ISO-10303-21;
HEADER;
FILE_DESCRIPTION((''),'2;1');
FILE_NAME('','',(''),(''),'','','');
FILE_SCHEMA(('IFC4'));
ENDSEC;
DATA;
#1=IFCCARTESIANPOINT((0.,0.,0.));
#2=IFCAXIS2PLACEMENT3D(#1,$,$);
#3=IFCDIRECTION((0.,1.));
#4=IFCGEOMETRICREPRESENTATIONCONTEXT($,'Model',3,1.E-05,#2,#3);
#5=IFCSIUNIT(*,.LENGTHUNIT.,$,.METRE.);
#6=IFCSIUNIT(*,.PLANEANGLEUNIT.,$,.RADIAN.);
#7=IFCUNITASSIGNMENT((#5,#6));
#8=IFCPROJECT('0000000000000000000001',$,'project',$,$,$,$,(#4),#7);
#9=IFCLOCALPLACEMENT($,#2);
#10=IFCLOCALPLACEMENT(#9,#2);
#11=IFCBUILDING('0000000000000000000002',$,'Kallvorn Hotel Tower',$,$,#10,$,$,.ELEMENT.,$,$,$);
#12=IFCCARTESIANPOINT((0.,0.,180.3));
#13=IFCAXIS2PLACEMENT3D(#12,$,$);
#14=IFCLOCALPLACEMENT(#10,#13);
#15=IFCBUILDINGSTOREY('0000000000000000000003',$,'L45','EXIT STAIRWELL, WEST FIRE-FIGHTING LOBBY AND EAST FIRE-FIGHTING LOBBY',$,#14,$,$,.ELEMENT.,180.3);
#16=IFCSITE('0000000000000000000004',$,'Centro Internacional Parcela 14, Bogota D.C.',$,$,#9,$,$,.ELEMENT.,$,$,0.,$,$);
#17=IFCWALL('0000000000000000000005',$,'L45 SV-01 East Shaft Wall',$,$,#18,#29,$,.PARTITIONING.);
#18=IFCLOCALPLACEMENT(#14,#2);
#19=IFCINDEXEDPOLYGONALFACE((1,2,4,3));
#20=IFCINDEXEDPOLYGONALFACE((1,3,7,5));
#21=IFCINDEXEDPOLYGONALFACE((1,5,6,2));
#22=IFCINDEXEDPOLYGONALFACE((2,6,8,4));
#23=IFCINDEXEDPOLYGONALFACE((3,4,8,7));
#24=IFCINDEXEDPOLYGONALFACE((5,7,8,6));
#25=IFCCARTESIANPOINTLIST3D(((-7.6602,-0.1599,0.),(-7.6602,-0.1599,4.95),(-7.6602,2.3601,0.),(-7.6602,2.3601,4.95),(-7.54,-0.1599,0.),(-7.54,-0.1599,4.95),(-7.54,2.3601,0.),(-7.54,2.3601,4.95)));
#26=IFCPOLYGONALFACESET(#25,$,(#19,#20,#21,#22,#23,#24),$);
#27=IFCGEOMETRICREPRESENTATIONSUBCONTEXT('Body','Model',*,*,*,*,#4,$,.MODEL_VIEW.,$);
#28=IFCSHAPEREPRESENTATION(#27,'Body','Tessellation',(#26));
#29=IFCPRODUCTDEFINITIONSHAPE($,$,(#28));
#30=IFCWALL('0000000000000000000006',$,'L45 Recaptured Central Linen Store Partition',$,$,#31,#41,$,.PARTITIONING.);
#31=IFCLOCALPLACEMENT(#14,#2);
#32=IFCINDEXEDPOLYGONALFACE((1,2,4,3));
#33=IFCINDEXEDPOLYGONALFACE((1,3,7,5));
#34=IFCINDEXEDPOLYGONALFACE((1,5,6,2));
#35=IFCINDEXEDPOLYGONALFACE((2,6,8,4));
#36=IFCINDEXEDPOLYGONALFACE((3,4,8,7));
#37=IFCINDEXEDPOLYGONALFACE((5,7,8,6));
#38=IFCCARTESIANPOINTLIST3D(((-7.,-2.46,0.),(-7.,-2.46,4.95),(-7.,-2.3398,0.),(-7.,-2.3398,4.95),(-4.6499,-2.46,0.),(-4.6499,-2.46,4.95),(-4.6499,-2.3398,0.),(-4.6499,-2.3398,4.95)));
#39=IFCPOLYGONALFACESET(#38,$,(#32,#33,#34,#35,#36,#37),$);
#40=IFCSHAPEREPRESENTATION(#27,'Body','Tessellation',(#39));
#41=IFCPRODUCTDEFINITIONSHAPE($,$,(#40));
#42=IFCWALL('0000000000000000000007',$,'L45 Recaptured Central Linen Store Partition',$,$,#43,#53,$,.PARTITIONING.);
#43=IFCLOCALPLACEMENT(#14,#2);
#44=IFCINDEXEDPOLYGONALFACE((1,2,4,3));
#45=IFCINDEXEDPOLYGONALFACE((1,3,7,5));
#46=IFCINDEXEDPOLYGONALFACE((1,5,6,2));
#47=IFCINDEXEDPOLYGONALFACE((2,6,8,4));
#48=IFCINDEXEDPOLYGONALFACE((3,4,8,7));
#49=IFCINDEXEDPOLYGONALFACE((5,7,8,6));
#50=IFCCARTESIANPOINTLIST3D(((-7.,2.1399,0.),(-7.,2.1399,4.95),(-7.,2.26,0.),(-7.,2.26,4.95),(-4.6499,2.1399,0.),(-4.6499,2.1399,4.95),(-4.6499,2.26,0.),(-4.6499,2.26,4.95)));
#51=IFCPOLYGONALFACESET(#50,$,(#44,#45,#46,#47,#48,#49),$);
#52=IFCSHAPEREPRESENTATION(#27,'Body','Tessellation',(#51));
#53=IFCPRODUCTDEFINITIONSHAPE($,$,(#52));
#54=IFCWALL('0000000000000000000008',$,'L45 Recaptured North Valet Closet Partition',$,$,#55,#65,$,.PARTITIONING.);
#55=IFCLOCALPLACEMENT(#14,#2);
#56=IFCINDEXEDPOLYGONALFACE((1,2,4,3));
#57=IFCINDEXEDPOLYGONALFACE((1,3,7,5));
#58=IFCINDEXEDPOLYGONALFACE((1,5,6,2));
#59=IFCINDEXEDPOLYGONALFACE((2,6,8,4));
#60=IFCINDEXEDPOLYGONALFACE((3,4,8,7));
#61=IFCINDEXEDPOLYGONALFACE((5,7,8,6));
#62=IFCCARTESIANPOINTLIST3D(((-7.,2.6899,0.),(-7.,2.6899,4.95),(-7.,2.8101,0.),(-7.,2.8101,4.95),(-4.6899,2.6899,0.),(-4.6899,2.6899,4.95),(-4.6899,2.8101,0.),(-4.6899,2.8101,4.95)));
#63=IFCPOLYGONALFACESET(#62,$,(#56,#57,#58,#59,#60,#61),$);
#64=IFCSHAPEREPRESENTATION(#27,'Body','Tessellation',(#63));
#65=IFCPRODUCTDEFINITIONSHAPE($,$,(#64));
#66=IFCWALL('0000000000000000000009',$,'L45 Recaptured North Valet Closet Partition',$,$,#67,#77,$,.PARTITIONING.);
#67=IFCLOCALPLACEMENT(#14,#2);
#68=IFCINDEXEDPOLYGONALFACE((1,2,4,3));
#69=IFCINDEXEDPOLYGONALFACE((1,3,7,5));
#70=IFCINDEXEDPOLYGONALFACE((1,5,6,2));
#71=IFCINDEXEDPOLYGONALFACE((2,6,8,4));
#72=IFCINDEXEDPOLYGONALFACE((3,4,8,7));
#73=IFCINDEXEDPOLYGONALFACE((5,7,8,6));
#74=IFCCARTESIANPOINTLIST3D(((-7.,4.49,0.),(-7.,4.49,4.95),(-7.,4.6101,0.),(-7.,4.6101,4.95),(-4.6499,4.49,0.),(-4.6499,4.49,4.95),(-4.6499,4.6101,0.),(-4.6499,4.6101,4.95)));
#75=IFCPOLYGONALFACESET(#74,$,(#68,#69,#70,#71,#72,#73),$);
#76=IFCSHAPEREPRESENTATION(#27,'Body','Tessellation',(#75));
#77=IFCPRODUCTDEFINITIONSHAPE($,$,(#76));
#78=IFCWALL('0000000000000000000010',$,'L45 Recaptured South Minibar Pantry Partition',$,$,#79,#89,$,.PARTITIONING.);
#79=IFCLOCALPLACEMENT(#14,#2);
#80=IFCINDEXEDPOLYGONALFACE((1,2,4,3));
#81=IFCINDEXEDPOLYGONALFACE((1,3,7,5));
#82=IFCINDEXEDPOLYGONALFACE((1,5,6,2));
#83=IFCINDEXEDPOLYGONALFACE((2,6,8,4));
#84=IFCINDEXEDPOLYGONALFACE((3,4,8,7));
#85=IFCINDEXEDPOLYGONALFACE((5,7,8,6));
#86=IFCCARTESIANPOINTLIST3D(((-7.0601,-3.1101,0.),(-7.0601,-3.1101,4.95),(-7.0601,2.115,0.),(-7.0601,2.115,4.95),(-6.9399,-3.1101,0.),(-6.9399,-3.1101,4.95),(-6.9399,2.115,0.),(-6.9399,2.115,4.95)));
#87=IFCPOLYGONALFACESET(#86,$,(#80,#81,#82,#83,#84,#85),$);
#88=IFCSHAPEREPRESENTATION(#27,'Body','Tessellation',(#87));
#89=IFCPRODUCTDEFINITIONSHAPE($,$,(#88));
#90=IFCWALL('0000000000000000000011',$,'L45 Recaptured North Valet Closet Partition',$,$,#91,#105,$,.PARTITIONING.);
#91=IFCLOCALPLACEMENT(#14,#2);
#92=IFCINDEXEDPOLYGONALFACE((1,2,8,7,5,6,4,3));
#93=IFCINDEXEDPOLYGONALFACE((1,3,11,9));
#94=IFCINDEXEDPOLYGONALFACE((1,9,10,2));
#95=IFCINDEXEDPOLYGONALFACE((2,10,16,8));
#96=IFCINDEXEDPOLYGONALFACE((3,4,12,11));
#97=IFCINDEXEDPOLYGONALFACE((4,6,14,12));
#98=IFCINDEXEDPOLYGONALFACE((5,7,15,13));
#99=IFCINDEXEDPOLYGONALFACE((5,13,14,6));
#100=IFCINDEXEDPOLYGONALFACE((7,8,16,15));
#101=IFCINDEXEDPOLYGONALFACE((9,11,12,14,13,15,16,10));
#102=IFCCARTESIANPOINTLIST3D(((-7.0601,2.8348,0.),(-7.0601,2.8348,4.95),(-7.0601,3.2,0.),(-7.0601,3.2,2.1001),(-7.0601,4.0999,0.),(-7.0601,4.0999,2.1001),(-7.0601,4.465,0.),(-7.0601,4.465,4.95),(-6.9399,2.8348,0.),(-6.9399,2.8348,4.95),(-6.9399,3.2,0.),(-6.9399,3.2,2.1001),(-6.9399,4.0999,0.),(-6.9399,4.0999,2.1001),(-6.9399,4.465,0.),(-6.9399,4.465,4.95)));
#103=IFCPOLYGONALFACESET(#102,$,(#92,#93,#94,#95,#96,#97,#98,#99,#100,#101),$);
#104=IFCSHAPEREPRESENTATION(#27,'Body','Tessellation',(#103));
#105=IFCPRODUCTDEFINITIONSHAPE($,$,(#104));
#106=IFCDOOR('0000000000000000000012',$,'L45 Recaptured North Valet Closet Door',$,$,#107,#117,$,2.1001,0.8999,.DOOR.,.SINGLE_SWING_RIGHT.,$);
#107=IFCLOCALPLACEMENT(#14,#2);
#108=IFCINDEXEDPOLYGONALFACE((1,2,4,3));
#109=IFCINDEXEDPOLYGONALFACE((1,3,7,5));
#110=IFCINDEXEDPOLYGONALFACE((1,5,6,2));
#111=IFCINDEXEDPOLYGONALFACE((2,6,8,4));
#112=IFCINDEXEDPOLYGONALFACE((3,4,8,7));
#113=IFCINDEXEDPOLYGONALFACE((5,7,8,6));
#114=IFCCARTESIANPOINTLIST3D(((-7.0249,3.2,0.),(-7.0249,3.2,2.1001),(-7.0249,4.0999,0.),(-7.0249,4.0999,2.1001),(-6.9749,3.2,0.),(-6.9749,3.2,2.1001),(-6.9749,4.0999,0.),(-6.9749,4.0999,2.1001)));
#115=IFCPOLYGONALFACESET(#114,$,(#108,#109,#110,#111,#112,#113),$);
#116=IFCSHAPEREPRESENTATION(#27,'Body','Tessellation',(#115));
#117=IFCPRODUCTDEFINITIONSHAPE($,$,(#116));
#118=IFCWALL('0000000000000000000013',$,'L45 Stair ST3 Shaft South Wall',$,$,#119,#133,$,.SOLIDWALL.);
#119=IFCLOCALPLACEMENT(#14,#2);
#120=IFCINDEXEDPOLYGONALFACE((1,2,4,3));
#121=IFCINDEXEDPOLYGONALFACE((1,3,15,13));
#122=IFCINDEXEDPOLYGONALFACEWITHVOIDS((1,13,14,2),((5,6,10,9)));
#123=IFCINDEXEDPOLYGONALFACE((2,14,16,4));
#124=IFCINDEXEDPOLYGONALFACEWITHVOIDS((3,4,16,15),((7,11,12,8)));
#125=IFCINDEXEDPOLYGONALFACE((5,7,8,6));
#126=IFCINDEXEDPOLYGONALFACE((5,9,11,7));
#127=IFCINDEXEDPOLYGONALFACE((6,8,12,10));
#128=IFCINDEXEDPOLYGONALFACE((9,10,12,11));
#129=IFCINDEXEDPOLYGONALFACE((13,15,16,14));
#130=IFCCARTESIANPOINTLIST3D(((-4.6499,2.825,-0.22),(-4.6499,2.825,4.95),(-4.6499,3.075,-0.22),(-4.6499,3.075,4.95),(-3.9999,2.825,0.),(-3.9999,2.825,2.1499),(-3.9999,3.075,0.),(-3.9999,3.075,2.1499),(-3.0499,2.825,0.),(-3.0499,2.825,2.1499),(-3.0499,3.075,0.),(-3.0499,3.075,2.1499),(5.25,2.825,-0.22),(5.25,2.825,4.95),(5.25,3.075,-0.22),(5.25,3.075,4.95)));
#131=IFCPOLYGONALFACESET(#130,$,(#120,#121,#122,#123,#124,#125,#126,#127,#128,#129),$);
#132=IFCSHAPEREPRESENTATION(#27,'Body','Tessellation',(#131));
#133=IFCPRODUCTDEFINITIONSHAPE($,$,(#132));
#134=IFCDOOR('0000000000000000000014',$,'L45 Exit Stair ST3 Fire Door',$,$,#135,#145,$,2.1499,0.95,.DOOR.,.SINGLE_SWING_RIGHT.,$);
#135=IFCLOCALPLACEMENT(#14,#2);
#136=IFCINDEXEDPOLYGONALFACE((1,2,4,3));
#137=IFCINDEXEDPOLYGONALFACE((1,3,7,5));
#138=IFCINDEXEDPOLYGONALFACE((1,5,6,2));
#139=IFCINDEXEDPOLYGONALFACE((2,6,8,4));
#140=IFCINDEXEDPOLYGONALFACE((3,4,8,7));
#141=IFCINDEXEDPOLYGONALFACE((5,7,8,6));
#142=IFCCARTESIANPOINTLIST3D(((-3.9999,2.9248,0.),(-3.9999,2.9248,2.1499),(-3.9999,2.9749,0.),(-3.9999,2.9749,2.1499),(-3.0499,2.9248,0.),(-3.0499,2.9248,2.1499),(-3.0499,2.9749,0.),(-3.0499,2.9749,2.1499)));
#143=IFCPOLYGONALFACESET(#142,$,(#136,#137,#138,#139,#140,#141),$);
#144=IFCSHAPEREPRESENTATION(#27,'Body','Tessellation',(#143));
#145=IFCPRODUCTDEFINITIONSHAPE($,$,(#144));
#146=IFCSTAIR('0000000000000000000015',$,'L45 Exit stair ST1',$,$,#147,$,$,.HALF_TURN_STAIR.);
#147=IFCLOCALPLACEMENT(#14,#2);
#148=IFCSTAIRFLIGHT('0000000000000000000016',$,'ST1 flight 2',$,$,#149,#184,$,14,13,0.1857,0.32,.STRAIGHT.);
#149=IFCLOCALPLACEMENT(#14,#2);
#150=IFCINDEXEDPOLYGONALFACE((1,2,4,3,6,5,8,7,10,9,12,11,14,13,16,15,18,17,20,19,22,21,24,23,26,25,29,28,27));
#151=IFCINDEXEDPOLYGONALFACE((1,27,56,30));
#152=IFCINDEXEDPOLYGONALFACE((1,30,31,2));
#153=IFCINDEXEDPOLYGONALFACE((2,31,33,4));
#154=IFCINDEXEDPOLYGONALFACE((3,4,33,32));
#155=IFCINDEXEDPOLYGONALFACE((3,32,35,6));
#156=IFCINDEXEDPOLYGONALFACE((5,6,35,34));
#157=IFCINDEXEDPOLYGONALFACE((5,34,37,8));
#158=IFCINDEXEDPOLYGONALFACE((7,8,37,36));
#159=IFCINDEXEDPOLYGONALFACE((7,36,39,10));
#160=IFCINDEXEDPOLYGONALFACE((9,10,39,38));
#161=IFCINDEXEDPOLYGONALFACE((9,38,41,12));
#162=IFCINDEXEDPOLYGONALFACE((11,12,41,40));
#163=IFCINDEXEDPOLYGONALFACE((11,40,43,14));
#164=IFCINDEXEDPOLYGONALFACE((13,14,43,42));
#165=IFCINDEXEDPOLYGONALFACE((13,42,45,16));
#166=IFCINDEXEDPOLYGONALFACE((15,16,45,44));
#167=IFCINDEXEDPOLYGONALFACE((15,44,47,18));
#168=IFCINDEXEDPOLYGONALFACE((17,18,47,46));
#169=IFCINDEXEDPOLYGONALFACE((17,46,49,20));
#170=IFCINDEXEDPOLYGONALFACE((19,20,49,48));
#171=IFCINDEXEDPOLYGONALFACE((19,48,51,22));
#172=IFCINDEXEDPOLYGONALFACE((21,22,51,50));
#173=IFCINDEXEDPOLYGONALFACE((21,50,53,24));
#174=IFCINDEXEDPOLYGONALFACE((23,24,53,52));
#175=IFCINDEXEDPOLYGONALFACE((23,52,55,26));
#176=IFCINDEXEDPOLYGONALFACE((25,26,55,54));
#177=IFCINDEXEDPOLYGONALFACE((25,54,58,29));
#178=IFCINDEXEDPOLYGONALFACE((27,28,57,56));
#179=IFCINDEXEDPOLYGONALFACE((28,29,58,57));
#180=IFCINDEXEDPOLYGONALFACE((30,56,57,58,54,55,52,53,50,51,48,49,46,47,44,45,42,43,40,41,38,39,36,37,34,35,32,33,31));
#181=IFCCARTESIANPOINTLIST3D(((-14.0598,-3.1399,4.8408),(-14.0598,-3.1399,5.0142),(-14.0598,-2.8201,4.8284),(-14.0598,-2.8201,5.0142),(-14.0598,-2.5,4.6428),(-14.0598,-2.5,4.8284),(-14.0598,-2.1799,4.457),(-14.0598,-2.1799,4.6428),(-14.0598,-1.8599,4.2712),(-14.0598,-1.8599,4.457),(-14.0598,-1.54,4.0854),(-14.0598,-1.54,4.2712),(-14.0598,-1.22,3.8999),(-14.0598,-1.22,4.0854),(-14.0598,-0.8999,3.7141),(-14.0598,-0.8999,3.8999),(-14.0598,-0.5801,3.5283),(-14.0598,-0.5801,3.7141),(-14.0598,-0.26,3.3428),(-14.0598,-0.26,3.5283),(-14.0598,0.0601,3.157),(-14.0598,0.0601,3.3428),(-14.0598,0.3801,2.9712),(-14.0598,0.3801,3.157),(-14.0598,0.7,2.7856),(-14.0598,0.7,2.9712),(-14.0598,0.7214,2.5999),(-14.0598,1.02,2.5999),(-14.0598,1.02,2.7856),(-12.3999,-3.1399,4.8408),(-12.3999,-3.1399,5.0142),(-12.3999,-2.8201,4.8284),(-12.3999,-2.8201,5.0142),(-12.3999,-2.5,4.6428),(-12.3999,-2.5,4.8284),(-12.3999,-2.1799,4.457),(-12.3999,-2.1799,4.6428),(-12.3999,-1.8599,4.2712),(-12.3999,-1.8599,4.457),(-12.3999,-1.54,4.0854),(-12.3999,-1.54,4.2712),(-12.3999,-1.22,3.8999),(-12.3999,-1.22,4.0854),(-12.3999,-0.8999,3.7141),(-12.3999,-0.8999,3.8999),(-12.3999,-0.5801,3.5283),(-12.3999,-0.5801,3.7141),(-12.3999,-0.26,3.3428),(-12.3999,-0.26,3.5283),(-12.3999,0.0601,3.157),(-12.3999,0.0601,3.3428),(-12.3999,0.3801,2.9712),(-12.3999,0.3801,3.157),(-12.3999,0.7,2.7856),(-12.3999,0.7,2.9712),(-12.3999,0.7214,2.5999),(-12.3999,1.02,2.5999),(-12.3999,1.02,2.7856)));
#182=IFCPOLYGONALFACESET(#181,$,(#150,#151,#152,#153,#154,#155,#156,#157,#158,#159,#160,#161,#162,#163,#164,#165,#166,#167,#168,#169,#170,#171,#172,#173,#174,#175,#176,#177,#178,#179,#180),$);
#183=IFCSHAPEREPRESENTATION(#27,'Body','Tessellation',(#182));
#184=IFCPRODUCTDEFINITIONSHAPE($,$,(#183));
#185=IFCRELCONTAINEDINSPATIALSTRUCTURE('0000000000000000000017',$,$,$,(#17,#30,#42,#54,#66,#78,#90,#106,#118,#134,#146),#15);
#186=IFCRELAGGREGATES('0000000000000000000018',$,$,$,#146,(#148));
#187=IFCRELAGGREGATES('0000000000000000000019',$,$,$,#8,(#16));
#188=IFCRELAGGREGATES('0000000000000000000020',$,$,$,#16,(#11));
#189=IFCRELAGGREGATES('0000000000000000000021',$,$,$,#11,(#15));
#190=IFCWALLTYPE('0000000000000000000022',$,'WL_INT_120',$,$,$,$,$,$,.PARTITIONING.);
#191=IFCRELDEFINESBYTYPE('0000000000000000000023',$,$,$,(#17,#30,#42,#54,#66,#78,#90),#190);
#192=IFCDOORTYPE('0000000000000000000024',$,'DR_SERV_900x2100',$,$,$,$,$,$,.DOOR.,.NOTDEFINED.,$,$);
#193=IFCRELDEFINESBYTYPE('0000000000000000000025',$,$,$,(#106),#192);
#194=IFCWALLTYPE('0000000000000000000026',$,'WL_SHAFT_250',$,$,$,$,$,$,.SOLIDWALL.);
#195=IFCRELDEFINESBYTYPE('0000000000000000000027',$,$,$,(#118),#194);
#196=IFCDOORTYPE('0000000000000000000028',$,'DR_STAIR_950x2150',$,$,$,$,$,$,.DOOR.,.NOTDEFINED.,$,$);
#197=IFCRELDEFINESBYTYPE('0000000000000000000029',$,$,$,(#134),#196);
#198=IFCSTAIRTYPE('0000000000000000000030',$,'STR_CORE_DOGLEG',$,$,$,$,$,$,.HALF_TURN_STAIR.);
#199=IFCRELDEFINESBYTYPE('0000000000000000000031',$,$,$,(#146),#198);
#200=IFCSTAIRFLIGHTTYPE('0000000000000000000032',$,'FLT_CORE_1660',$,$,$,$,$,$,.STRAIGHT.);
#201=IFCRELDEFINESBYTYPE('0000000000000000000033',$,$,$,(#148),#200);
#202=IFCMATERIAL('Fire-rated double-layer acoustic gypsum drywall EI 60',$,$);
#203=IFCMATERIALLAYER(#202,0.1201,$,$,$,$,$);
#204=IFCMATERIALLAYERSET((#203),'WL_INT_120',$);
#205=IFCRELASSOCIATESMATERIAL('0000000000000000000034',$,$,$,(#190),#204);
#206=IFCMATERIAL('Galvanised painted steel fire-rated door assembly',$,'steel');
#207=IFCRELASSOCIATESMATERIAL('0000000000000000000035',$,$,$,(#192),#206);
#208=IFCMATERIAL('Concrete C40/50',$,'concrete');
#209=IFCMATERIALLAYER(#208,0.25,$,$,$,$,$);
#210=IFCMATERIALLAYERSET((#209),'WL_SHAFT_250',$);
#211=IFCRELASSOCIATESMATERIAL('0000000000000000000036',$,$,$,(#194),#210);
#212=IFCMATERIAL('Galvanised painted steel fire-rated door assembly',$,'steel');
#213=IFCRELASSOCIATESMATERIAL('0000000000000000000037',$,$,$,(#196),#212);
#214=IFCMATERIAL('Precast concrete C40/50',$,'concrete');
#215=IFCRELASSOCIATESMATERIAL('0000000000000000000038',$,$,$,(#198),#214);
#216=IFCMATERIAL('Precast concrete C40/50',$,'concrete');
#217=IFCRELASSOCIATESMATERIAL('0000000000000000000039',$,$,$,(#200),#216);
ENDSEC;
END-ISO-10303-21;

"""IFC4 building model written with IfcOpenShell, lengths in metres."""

from ifc_helpers import new_model, si_unit, direction, frame, frame_2d, origin, place, context, subcontext, project, spatial, polyline, rectangle, outline, extrude, material, layer, layer_set, type_object, element, fill, aggregate, save


model = new_model("IFC4")

# Units and contexts
model_context = context("Model", 3, precision=1e-05, world=origin(), true_north=direction((0.0, 1.0)))
body_context = subcontext(model_context, "Body", "Model", "MODEL_VIEW")
ifc_project = project(units=[si_unit("LENGTHUNIT", "METRE"), si_unit("PLANEANGLEUNIT", "RADIAN")], contexts=[model_context])

# Site, building, storey
site_placement = place(None, origin())
site = spatial("IfcSite", under=ifc_project, at=site_placement, Name="Centro Internacional Parcela 14, Bogota D.C.", CompositionType="ELEMENT", RefElevation=0.0)
building_placement = place(site_placement, origin())
building = spatial("IfcBuilding", under=site, at=building_placement, Name="Kallvorn Hotel Tower", CompositionType="ELEMENT")
storey_placement = place(building_placement, frame((0.0, 0.0, 180.3)))
storey = spatial("IfcBuildingStorey", under=building, at=storey_placement, Name="L45", Description="EXIT STAIRWELL, WEST FIRE-FIGHTING LOBBY AND EAST FIRE-FIGHTING LOBBY", CompositionType="ELEMENT", Elevation=180.3)

# Walls
ifc_material_1 = material(Name="Fire-rated double-layer acoustic gypsum drywall EI 60")
ifc_layer_1 = layer(ifc_material_1, 0.1201)
ifc_layer_set_1 = layer_set([ifc_layer_1], Name="WL_INT_120")
wall_type_1 = type_object("IfcWallType", Name="WL_INT_120", PredefinedType="PARTITIONING", material=ifc_layer_set_1)
for number, where, z_axis, x_axis, name in (
    (1, (-7.6001, -0.1599, 0.0), (0.0, 0.0, 1.0), (0.0, 1.0, 0.0), "L45 SV-01 East Shaft Wall"),
):
    element("IfcWall", number, at=place(storey_placement, frame(where, z_axis=z_axis, x_axis=x_axis)), inside=storey, type_object=wall_type_1, Name=name, PredefinedType="PARTITIONING", context=body_context, shape_type="SweptSolid", body=[
        extrude(rectangle(XDim=2.52, YDim=0.1201, at=frame_2d((1.26, 0.0))), origin(), (0.0, 0.0, 1.0), 4.95),
    ])
for number, where, z_axis, x_axis, name in (
    (2, (-7.0, -2.3999, 0.0), (0.0, 0.0, 1.0), (1.0, 0.0, 0.0), "L45 Recaptured Central Linen Store Partition"),
    (3, (-7.0, 2.2, 0.0), (0.0, 0.0, 1.0), (1.0, 0.0, 0.0), "L45 Recaptured Central Linen Store Partition"),
):
    element("IfcWall", number, at=place(storey_placement, frame(where, z_axis=z_axis, x_axis=x_axis)), inside=storey, type_object=wall_type_1, Name=name, PredefinedType="PARTITIONING", context=body_context, shape_type="SweptSolid", body=[
        extrude(rectangle(XDim=2.3501, YDim=0.1201, at=frame_2d((1.175, 0.0))), origin(), (0.0, 0.0, 1.0), 4.95),
    ])
wall_1_placement = place(storey_placement, frame((-7.0, 2.75, 0.0), z_axis=(0.0, 0.0, 1.0), x_axis=(1.0, 0.0, 0.0)))
element("IfcWall", 4, at=wall_1_placement, inside=storey, type_object=wall_type_1, Name="L45 Recaptured North Valet Closet Partition", PredefinedType="PARTITIONING", context=body_context, shape_type="SweptSolid", body=[
    extrude(rectangle(XDim=2.3101, YDim=0.1201, at=frame_2d((1.155, 0.0))), origin(), (0.0, 0.0, 1.0), 4.95),
])
wall_2_placement = place(storey_placement, frame((-7.0, 4.55, 0.0), z_axis=(0.0, 0.0, 1.0), x_axis=(1.0, 0.0, 0.0)))
element("IfcWall", 5, at=wall_2_placement, inside=storey, type_object=wall_type_1, Name="L45 Recaptured North Valet Closet Partition", PredefinedType="PARTITIONING", context=body_context, shape_type="SweptSolid", body=[
    extrude(rectangle(XDim=2.3501, YDim=0.1201, at=frame_2d((1.175, 0.0))), origin(), (0.0, 0.0, 1.0), 4.95),
])
wall_3_placement = place(storey_placement, frame((-7.0, -3.1101, 0.0), z_axis=(0.0, 0.0, 1.0), x_axis=(0.0, 1.0, 0.0)))
element("IfcWall", 6, at=wall_3_placement, inside=storey, type_object=wall_type_1, Name="L45 Recaptured South Minibar Pantry Partition", PredefinedType="PARTITIONING", context=body_context, shape_type="SweptSolid", body=[
    extrude(rectangle(XDim=5.2251, YDim=0.1201, at=frame_2d((2.6125, 0.0))), origin(), (0.0, 0.0, 1.0), 4.95),
])

# Walls, openings, doors
wall_4_placement = place(storey_placement, frame((-7.0, 2.835, 0.0), z_axis=(0.0, 0.0, 1.0), x_axis=(0.0, 1.0, 0.0)))
wall_4 = element("IfcWall", 7, at=wall_4_placement, inside=storey, type_object=wall_type_1, Name="L45 Recaptured North Valet Closet Partition", PredefinedType="PARTITIONING", context=body_context, shape_type="SweptSolid", body=[
    extrude(rectangle(XDim=1.6301, YDim=0.1201, at=frame_2d((0.8149, 0.0))), origin(), (0.0, 0.0, 1.0), 4.95),
])
opening_1_placement = place(wall_4_placement, frame((0.365, 0.0, 0.0)))
opening_1 = element("IfcOpeningElement", 8, at=opening_1_placement, cuts=wall_4, PredefinedType="OPENING", context=body_context, shape_type="SweptSolid", body=[
    extrude(rectangle(XDim=0.8999, YDim=2.1001, at=frame_2d((0.45, 1.05))), frame((0.0, 0.075, 0.0), z_axis=(0.0, -1.0, 0.0), x_axis=(1.0, 0.0, 0.0)), (0.0, 0.0, 1.0), 0.1501),
])
ifc_material_2 = material(Name="Galvanised painted steel fire-rated door assembly", Category="steel")
door_type_1 = type_object("IfcDoorType", Name="DR_SERV_900x2100", OperationType="NOTDEFINED", PredefinedType="DOOR", material=ifc_material_2)
door_1_placement = place(opening_1_placement, origin())
door_1 = element("IfcDoor", 9, at=door_1_placement, inside=storey, type_object=door_type_1, Name="L45 Recaptured North Valet Closet Door", OperationType="SINGLE_SWING_RIGHT", OverallHeight=2.1001, OverallWidth=0.8999, PredefinedType="DOOR", context=body_context, shape_type="SweptSolid", body=[
    extrude(rectangle(XDim=0.8999, YDim=2.1001, at=frame_2d((0.45, 1.05))), frame((0.0, 0.0249, 0.0), z_axis=(0.0, -1.0, 0.0), x_axis=(1.0, 0.0, 0.0)), (0.0, 0.0, 1.0), 0.05),
])
fill(opening_1, door_1)
ifc_material_3 = material(Name="Concrete C40/50", Category="concrete")
ifc_layer_2 = layer(ifc_material_3, 0.25)
ifc_layer_set_2 = layer_set([ifc_layer_2], Name="WL_SHAFT_250")
wall_type_2 = type_object("IfcWallType", Name="WL_SHAFT_250", PredefinedType="SOLIDWALL", material=ifc_layer_set_2)
wall_5_placement = place(storey_placement, frame((-4.6499, 2.95, -0.22), z_axis=(0.0, 0.0, 1.0), x_axis=(1.0, 0.0, 0.0)))
wall_5 = element("IfcWall", 10, at=wall_5_placement, inside=storey, type_object=wall_type_2, Name="L45 Stair ST3 Shaft South Wall", PredefinedType="SOLIDWALL", context=body_context, shape_type="SweptSolid", body=[
    extrude(rectangle(XDim=9.8999, YDim=0.25, at=frame_2d((4.95, 0.0))), origin(), (0.0, 0.0, 1.0), 5.1699),
])
opening_2_placement = place(wall_5_placement, frame((0.6499, 0.0, 0.22)))
opening_2 = element("IfcOpeningElement", 11, at=opening_2_placement, cuts=wall_5, PredefinedType="OPENING", context=body_context, shape_type="SweptSolid", body=[
    extrude(rectangle(XDim=0.95, YDim=2.1499, at=frame_2d((0.4751, 1.075))), frame((0.0, 0.1399, 0.0), z_axis=(0.0, -1.0, 0.0), x_axis=(1.0, 0.0, 0.0)), (0.0, 0.0, 1.0), 0.28),
])
ifc_material_4 = material(Name="Galvanised painted steel fire-rated door assembly", Category="steel")
door_type_2 = type_object("IfcDoorType", Name="DR_STAIR_950x2150", OperationType="NOTDEFINED", PredefinedType="DOOR", material=ifc_material_4)
door_2_placement = place(opening_2_placement, origin())
door_2 = element("IfcDoor", 12, at=door_2_placement, inside=storey, type_object=door_type_2, Name="L45 Exit Stair ST3 Fire Door", OperationType="SINGLE_SWING_RIGHT", OverallHeight=2.1499, OverallWidth=0.95, PredefinedType="DOOR", context=body_context, shape_type="SweptSolid", body=[
    extrude(rectangle(XDim=0.95, YDim=2.1499, at=frame_2d((0.4751, 1.075))), frame((0.0, 0.0249, 0.0), z_axis=(0.0, -1.0, 0.0), x_axis=(1.0, 0.0, 0.0)), (0.0, 0.0, 1.0), 0.05),
])
fill(opening_2, door_2)

# Stair, stair flight
ifc_material_5 = material(Name="Precast concrete C40/50", Category="concrete")
stair_type = type_object("IfcStairType", Name="STR_CORE_DOGLEG", PredefinedType="HALF_TURN_STAIR", material=ifc_material_5)
stair_1_placement = place(storey_placement, origin())
stair_1 = element("IfcStair", 13, at=stair_1_placement, inside=storey, type_object=stair_type, Name="L45 Exit stair ST1", PredefinedType="HALF_TURN_STAIR")
ifc_material_6 = material(Name="Precast concrete C40/50", Category="concrete")
stair_flight_type = type_object("IfcStairFlightType", Name="FLT_CORE_1660", PredefinedType="STRAIGHT", material=ifc_material_6)
stair_flight_1_placement = place(storey_placement, frame((-13.23, 1.02, 2.5999), z_axis=(0.0, 0.0, 1.0), x_axis=(0.0, -1.0, 0.0)))
stair_flight_1 = element("IfcStairFlight", 14, at=stair_flight_1_placement, type_object=stair_flight_type, Name="ST1 flight 2", NumberOfRisers=14, NumberOfTreads=13, PredefinedType="STRAIGHT", RiserHeight=0.1857, TreadLength=0.32, context=body_context, shape_type="SweptSolid", body=[
    extrude(outline(polyline([(0.0, 0.0), (0.0, 0.1858), (0.3201, 0.1858), (0.3201, 0.3713), (0.6399, 0.3713), (0.6399, 0.5571), (0.96, 0.5571), (0.96, 0.7429), (1.28, 0.7429), (1.28, 0.9285), (1.6001, 0.9285), (1.6001, 1.1143), (1.9199, 1.1143), (1.9199, 1.3), (2.24, 1.3), (2.24, 1.4856), (2.5601, 1.4856), (2.5601, 1.6714), (2.8799, 1.6714), (2.8799, 1.8572), (3.2, 1.8572), (3.2, 2.043), (3.52, 2.043), (3.52, 2.2285), (3.8401, 2.2285), (3.8401, 2.4143), (4.1599, 2.4143), (4.1599, 2.6001), (4.1599, 2.241), (0.2986, 0.0), (0.0, 0.0)])), frame((0.0, 0.8301, 0.0), z_axis=(0.0, -1.0, 0.0), x_axis=(1.0, 0.0, 0.0)), (0.0, 0.0, 1.0), 1.6599),
])
aggregate(stair_1, [stair_flight_1])

save(model, "model.ifc")
